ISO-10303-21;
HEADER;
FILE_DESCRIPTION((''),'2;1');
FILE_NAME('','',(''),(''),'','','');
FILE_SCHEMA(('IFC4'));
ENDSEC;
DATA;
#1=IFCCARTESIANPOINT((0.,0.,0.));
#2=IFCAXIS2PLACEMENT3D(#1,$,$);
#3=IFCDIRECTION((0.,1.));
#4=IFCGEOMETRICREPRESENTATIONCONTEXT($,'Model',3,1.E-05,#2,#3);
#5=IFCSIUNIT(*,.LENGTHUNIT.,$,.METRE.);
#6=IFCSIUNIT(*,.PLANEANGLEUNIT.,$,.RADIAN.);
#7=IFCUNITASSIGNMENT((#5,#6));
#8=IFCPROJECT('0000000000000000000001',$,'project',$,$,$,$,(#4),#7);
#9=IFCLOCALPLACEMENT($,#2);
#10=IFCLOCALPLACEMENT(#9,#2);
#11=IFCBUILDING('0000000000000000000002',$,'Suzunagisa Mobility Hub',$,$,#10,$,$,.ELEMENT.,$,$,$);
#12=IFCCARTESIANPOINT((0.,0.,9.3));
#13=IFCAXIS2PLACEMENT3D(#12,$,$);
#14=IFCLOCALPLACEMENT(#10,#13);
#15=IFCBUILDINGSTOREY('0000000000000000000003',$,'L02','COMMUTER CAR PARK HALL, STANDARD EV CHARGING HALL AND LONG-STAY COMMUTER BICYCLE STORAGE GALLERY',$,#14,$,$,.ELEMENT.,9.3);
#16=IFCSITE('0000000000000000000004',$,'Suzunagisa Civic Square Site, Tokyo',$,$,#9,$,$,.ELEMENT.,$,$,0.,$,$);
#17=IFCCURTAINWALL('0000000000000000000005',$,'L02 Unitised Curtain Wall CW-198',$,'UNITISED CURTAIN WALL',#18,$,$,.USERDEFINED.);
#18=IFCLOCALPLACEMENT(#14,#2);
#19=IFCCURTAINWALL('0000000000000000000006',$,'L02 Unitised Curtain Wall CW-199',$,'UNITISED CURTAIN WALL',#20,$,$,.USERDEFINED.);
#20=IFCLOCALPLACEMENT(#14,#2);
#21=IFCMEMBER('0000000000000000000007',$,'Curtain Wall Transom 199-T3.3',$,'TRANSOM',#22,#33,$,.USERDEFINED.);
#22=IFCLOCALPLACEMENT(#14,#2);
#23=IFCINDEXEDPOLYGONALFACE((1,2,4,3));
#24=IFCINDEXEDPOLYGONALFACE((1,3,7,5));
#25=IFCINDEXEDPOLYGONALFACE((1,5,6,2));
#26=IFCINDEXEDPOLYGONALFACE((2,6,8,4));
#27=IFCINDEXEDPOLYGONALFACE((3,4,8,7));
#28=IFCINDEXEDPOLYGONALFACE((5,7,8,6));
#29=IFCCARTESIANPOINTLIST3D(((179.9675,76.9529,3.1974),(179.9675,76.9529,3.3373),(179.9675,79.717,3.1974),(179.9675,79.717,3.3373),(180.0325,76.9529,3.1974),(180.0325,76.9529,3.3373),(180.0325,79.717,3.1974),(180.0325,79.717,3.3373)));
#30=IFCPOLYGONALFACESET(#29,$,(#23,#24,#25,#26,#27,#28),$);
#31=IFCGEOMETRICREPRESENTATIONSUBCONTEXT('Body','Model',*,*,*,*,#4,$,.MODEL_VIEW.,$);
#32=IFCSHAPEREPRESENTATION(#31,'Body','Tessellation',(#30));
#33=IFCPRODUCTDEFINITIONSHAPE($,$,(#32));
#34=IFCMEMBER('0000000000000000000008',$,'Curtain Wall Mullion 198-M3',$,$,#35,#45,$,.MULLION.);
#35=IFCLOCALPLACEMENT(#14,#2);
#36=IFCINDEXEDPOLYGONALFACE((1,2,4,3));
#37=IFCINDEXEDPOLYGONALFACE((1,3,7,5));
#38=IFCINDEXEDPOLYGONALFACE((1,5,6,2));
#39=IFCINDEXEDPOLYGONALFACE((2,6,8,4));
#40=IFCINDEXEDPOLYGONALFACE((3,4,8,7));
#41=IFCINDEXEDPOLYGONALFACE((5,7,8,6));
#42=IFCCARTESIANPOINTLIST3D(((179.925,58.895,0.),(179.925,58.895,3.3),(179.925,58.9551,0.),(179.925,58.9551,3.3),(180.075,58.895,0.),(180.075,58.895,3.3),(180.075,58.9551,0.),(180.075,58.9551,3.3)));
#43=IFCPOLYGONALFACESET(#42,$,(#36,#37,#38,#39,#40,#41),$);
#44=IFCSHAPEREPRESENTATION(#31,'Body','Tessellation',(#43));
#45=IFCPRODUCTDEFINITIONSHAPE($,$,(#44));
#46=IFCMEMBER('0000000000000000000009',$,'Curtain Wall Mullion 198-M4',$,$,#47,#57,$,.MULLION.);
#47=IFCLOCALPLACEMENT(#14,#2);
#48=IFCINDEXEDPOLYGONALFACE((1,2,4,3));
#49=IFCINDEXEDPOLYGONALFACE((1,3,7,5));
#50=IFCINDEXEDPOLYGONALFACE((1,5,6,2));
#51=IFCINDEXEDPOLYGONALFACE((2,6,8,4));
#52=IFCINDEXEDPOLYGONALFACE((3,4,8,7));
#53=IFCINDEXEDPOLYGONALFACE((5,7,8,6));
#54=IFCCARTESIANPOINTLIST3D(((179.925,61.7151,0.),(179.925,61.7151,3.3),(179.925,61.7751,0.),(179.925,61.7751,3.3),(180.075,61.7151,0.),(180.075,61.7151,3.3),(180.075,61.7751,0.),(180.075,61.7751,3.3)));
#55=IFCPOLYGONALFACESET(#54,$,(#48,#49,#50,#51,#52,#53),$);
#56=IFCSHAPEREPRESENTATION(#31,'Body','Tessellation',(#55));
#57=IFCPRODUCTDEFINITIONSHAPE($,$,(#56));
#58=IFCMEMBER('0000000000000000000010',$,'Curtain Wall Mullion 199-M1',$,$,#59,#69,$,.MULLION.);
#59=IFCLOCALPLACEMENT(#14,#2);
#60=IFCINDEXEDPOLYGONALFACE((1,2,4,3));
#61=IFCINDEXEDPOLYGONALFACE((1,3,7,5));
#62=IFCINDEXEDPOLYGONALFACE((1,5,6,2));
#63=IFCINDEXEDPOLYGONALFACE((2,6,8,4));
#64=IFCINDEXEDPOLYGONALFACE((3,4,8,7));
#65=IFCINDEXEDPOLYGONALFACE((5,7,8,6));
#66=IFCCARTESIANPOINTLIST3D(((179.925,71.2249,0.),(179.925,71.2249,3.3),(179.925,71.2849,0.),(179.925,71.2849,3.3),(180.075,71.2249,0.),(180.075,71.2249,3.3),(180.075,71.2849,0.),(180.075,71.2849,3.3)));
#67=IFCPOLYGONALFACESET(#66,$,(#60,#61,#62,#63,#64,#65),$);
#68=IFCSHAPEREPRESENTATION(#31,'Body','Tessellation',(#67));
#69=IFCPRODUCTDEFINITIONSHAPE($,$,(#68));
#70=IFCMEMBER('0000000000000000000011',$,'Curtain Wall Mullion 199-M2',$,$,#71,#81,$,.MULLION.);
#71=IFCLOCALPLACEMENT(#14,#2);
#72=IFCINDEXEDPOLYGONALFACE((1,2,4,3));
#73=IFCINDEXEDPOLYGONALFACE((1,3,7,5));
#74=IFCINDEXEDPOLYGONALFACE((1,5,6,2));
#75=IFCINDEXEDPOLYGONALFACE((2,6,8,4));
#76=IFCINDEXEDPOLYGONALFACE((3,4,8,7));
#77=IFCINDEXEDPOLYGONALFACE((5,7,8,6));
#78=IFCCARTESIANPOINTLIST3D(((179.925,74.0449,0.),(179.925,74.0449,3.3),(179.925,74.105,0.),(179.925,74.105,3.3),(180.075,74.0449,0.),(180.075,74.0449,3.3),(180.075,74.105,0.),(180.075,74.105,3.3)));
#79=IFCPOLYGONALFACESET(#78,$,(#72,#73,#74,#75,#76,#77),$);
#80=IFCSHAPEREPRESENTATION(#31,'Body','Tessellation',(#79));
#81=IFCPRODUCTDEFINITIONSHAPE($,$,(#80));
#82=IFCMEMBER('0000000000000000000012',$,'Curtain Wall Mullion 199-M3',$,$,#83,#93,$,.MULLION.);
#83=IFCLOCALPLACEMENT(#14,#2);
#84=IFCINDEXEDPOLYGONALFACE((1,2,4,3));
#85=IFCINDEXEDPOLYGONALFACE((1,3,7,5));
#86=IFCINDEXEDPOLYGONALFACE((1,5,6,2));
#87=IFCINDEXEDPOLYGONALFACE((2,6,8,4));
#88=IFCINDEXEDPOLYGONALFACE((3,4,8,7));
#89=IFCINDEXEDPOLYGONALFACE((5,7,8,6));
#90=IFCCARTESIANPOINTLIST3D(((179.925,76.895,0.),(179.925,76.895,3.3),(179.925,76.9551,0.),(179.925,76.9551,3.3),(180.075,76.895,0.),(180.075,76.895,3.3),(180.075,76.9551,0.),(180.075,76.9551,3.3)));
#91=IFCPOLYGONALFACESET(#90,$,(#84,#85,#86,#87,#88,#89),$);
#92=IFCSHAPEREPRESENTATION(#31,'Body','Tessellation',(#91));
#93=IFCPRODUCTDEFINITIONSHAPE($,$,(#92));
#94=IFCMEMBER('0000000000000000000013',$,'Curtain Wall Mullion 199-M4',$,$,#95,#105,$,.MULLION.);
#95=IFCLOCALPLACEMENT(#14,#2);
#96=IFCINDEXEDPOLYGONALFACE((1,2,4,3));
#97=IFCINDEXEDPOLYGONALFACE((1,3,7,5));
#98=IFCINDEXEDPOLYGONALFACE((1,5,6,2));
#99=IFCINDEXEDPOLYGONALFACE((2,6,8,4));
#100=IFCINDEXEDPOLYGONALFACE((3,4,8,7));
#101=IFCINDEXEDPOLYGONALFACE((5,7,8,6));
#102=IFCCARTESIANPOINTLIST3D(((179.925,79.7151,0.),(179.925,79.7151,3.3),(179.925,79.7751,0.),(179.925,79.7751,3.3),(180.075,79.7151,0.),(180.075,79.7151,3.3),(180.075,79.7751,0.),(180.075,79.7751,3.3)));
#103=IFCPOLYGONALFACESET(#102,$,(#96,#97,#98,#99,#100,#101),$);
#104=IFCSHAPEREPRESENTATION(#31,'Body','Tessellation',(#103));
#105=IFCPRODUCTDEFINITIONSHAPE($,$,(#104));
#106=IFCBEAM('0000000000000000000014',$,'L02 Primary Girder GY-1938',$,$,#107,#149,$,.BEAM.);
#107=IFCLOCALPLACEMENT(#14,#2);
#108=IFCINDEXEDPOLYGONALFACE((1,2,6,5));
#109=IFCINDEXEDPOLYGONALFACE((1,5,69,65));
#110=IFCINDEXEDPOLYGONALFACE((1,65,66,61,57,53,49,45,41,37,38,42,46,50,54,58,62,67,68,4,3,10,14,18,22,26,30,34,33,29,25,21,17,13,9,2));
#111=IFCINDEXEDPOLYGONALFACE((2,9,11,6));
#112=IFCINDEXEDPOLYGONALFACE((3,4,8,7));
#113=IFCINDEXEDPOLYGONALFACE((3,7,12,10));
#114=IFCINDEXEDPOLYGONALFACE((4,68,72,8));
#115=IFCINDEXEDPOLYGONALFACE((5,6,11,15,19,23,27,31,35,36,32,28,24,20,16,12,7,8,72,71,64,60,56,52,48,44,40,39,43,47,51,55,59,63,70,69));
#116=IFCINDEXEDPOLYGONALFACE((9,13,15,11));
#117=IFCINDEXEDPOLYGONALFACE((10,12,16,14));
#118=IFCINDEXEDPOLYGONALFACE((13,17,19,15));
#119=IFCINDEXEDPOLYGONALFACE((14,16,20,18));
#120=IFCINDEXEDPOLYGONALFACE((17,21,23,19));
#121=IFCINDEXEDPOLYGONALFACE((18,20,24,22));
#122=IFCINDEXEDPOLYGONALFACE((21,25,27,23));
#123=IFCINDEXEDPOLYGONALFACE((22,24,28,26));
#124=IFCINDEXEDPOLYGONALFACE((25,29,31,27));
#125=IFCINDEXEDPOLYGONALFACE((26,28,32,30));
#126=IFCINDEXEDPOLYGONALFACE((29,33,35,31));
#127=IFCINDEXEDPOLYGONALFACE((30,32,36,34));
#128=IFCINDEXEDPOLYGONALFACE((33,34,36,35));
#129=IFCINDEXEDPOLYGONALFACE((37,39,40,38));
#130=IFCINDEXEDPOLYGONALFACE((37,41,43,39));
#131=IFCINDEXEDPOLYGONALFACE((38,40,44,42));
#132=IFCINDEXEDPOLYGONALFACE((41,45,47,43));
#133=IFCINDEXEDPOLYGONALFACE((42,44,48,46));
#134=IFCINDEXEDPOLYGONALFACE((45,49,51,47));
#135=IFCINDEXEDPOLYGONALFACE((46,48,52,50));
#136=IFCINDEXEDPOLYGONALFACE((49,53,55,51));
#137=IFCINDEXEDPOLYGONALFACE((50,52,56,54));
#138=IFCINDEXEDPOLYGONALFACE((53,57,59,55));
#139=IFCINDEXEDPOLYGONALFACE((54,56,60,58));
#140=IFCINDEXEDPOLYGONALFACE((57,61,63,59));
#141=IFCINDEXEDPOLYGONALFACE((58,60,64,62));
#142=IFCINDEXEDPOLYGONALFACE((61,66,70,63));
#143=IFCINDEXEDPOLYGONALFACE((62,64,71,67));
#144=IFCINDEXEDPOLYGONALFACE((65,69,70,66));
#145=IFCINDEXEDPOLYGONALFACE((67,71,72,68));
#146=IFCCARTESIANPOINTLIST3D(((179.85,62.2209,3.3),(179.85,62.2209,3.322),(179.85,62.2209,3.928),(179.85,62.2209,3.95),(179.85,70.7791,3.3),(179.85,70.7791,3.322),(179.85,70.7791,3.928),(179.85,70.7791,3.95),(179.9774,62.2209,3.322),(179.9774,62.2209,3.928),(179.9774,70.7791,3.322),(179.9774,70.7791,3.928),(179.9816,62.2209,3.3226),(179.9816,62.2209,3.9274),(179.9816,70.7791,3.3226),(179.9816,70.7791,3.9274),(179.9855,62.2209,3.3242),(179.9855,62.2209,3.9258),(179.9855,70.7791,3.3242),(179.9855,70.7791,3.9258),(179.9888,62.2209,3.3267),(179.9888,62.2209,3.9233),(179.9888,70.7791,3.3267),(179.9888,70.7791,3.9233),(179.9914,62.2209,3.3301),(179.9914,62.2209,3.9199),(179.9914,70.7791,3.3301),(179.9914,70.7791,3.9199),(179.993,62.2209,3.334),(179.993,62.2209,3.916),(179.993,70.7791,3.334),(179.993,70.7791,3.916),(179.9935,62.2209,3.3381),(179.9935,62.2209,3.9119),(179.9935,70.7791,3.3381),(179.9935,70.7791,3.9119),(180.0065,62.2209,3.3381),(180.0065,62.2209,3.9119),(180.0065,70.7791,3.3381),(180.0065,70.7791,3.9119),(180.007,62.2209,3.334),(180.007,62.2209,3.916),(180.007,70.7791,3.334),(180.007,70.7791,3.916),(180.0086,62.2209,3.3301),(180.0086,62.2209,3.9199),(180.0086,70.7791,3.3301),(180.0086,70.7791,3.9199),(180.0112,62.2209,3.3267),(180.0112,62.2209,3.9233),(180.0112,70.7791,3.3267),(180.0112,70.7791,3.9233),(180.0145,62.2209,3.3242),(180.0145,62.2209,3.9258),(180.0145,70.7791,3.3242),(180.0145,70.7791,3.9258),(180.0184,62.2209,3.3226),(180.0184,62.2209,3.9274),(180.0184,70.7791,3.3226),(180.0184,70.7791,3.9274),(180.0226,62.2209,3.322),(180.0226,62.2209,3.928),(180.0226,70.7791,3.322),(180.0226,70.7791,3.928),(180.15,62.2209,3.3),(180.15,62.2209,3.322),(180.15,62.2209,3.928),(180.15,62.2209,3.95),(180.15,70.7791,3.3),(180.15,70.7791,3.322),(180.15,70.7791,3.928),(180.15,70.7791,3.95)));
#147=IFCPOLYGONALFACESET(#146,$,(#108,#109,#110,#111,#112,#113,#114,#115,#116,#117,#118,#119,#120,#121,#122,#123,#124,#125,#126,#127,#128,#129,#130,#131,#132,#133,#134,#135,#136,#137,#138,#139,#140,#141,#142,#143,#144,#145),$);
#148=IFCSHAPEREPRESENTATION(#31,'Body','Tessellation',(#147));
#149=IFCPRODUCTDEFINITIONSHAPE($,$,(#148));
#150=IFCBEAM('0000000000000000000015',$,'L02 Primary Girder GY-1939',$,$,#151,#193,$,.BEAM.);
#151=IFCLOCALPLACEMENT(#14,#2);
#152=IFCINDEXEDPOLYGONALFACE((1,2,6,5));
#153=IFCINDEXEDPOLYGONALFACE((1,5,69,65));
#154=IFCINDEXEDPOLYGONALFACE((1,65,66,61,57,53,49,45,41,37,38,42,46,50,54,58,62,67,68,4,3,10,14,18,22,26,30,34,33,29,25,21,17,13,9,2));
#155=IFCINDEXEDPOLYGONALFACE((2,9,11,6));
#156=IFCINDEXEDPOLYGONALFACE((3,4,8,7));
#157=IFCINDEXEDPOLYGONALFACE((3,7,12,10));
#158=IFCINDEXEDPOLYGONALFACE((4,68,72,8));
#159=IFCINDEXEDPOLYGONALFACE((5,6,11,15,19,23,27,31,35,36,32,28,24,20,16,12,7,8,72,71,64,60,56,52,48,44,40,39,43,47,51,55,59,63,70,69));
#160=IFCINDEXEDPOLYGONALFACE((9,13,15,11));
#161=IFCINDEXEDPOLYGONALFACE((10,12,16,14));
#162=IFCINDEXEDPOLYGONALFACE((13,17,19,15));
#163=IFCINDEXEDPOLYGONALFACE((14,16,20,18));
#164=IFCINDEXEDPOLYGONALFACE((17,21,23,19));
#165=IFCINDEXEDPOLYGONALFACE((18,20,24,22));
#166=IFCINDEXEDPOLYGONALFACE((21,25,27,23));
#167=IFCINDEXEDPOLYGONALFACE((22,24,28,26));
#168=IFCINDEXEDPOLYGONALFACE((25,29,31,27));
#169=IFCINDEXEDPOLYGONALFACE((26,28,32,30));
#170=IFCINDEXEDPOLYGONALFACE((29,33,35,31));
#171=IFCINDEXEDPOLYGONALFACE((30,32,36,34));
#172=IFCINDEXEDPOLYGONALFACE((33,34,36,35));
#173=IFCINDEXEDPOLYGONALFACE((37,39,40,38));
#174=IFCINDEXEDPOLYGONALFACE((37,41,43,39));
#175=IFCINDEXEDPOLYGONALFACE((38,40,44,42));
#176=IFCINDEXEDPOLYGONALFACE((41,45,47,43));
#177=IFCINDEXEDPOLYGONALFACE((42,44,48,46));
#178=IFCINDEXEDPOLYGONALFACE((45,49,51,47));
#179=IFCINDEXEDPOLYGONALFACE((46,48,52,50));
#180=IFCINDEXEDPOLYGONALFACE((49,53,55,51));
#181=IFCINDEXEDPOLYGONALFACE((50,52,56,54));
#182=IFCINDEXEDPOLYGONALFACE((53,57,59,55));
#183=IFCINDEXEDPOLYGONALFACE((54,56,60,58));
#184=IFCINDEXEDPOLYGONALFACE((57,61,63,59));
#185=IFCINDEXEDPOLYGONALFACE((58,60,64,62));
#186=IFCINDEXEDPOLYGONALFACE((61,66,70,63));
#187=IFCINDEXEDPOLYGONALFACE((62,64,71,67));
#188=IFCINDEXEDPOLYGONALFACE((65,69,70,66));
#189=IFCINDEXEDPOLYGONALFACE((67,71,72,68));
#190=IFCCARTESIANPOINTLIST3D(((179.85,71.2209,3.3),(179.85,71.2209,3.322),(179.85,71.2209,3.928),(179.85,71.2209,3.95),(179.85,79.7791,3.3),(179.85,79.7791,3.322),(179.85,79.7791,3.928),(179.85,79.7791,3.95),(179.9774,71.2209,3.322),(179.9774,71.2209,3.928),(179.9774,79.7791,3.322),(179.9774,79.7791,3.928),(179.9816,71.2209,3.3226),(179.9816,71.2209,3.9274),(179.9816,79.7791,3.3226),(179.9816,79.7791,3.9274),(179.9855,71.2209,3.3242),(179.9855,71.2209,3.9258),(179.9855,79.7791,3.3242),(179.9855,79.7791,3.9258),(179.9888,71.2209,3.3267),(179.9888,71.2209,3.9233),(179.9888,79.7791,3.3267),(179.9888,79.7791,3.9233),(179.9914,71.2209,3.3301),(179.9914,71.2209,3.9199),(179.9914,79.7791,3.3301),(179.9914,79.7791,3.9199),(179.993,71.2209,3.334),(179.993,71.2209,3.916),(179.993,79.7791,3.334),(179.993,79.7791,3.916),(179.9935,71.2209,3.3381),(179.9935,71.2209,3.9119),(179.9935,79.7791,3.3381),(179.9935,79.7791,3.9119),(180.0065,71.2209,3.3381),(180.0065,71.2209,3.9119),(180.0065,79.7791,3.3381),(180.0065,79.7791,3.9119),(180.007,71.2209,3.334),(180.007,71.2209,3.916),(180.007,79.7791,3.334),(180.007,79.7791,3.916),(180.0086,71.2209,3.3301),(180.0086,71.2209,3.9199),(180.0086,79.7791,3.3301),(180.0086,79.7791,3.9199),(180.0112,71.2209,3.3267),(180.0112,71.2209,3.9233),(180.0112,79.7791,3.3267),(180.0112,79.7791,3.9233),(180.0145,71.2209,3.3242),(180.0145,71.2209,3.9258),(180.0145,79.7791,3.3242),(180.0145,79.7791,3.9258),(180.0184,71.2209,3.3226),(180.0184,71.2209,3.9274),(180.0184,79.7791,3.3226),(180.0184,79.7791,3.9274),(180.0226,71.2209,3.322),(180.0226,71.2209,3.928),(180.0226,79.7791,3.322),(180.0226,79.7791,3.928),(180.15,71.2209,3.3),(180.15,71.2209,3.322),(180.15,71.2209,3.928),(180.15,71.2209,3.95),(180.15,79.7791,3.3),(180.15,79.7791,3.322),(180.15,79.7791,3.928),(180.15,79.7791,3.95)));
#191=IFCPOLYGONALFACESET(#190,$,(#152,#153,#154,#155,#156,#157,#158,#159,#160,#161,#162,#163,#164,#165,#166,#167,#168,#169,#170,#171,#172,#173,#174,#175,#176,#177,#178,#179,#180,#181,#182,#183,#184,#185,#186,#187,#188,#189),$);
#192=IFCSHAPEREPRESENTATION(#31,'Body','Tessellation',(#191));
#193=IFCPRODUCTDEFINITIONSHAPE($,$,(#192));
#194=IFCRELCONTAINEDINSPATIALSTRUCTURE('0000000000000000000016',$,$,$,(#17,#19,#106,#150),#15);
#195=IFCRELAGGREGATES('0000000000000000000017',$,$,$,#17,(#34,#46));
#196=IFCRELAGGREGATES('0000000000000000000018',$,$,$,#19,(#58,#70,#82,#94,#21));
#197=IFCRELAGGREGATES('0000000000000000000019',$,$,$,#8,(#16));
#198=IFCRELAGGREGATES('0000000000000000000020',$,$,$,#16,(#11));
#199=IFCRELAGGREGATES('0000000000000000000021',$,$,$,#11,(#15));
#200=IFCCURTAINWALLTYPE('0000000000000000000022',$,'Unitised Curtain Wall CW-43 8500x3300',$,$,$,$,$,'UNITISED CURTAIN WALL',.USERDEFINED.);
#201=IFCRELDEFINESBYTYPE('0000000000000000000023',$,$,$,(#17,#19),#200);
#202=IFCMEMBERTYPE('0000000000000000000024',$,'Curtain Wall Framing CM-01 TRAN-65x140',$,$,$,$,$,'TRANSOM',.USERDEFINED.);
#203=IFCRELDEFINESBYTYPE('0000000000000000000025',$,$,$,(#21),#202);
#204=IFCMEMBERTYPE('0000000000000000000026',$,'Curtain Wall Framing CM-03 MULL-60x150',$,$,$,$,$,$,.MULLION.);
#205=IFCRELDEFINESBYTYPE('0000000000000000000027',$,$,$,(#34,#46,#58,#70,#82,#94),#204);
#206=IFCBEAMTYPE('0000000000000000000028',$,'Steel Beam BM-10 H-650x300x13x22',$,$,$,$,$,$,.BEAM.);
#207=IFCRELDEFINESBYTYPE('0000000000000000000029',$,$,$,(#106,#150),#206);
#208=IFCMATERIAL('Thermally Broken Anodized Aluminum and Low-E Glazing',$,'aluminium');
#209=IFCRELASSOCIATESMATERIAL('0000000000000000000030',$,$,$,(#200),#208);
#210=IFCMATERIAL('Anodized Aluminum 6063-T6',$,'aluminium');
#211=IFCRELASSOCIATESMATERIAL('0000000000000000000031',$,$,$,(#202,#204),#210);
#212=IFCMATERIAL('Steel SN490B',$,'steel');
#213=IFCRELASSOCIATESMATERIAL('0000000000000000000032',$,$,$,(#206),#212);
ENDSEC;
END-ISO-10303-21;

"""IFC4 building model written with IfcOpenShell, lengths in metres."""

from ifc_helpers import new_model, si_unit, direction, frame, origin, origin_2d, place, context, subcontext, project, spatial, rectangle, i_section, extrude, material, material_profile, profile_set, type_object, element, aggregate, save


model = new_model("IFC4")

# Units and contexts
model_context = context("Model", 3, precision=1e-05, world=origin(), true_north=direction((0.0, 1.0)))
body_context = subcontext(model_context, "Body", "Model", "MODEL_VIEW")
ifc_project = project(units=[si_unit("LENGTHUNIT", "METRE"), si_unit("PLANEANGLEUNIT", "RADIAN")], contexts=[model_context])

# Site, building, storey
site_placement = place(None, origin())
site = spatial("IfcSite", under=ifc_project, at=site_placement, Name="Suzunagisa Civic Square Site, Tokyo", CompositionType="ELEMENT", RefElevation=0.0)
building_placement = place(site_placement, origin())
building = spatial("IfcBuilding", under=site, at=building_placement, Name="Suzunagisa Mobility Hub", CompositionType="ELEMENT")
storey_placement = place(building_placement, frame((0.0, 0.0, 9.3)))
storey = spatial("IfcBuildingStorey", under=building, at=storey_placement, Name="L02", Description="COMMUTER CAR PARK HALL, STANDARD EV CHARGING HALL AND LONG-STAY COMMUTER BICYCLE STORAGE GALLERY", CompositionType="ELEMENT", Elevation=9.3)

# Shared definitions
ifc_material_1 = material(Name="Steel SN490B", Category="steel")

# Curtain walls, member
ifc_material_2 = material(Name="Thermally Broken Anodized Aluminum and Low-E Glazing", Category="aluminium")
curtain_wall_type = type_object("IfcCurtainWallType", Name="Unitised Curtain Wall CW-43 8500x3300", ElementType="UNITISED CURTAIN WALL", PredefinedType="USERDEFINED", material=ifc_material_2)
curtain_wall_1_placement = place(storey_placement, origin())
curtain_wall_1 = element("IfcCurtainWall", 1, at=curtain_wall_1_placement, inside=storey, type_object=curtain_wall_type, Name="L02 Unitised Curtain Wall CW-198", ObjectType="UNITISED CURTAIN WALL", PredefinedType="USERDEFINED")
ifc_material_3 = material(Name="Anodized Aluminum 6063-T6", Category="aluminium")
ifc_material_profile_1 = material_profile(ifc_material_3, rectangle(XDim=0.0649, YDim=0.1399, at=origin_2d()), Name="TRAN-65x140")
ifc_profile_set_1 = profile_set([ifc_material_profile_1], Name="Anodized Aluminum 6063-T6")
member_type_1 = type_object("IfcMemberType", Name="Curtain Wall Framing CM-01 TRAN-65x140", ElementType="TRANSOM", PredefinedType="USERDEFINED", material=ifc_profile_set_1)
curtain_wall_2_placement = place(storey_placement, origin())
curtain_wall_2 = element("IfcCurtainWall", 2, at=curtain_wall_2_placement, inside=storey, type_object=curtain_wall_type, Name="L02 Unitised Curtain Wall CW-199", ObjectType="UNITISED CURTAIN WALL", PredefinedType="USERDEFINED")
member_1_placement = place(storey_placement, frame((180.0, 76.9529, 3.2673), z_axis=(0.0, 1.0, 0.0), x_axis=(-1.0, 0.0, 0.0)))
member_1 = element("IfcMember", 3, at=member_1_placement, type_object=member_type_1, Name="Curtain Wall Transom 199-T3.3", ObjectType="TRANSOM", PredefinedType="USERDEFINED", context=body_context, shape_type="SweptSolid", body=[
    extrude(rectangle(XDim=0.0649, YDim=0.1399, at=origin_2d()), origin(), (0.0, 0.0, 1.0), 2.7642),
])

# Members
ifc_material_profile_2 = material_profile(ifc_material_3, rectangle(XDim=0.0601, YDim=0.1499, at=origin_2d()), Name="MULL-60x150")
ifc_profile_set_2 = profile_set([ifc_material_profile_2], Name="Anodized Aluminum 6063-T6")
member_type_2 = type_object("IfcMemberType", Name="Curtain Wall Framing CM-03 MULL-60x150", PredefinedType="MULLION", material=ifc_profile_set_2)
member_2_placement = place(storey_placement, frame((180.0, 58.925, 0.0), z_axis=(0.0, 0.0, 1.0), x_axis=(0.0, 1.0, 0.0)))
member_2 = element("IfcMember", 4, at=member_2_placement, type_object=member_type_2, Name="Curtain Wall Mullion 198-M3", PredefinedType="MULLION", context=body_context, shape_type="SweptSolid", body=[
    extrude(rectangle(XDim=0.0601, YDim=0.1499, at=origin_2d()), origin(), (0.0, 0.0, 1.0), 3.3),
])
member_3_placement = place(storey_placement, frame((180.0, 61.7451, 0.0), z_axis=(0.0, 0.0, 1.0), x_axis=(0.0, 1.0, 0.0)))
member_3 = element("IfcMember", 5, at=member_3_placement, type_object=member_type_2, Name="Curtain Wall Mullion 198-M4", PredefinedType="MULLION", context=body_context, shape_type="SweptSolid", body=[
    extrude(rectangle(XDim=0.0601, YDim=0.1499, at=origin_2d()), origin(), (0.0, 0.0, 1.0), 3.3),
])
member_4_placement = place(storey_placement, frame((180.0, 71.2549, 0.0), z_axis=(0.0, 0.0, 1.0), x_axis=(0.0, 1.0, 0.0)))
member_4 = element("IfcMember", 6, at=member_4_placement, type_object=member_type_2, Name="Curtain Wall Mullion 199-M1", PredefinedType="MULLION", context=body_context, shape_type="SweptSolid", body=[
    extrude(rectangle(XDim=0.0601, YDim=0.1499, at=origin_2d()), origin(), (0.0, 0.0, 1.0), 3.3),
])
member_5_placement = place(storey_placement, frame((180.0, 74.075, 0.0), z_axis=(0.0, 0.0, 1.0), x_axis=(0.0, 1.0, 0.0)))
member_5 = element("IfcMember", 7, at=member_5_placement, type_object=member_type_2, Name="Curtain Wall Mullion 199-M2", PredefinedType="MULLION", context=body_context, shape_type="SweptSolid", body=[
    extrude(rectangle(XDim=0.0601, YDim=0.1499, at=origin_2d()), origin(), (0.0, 0.0, 1.0), 3.3),
])
member_6_placement = place(storey_placement, frame((180.0, 76.925, 0.0), z_axis=(0.0, 0.0, 1.0), x_axis=(0.0, 1.0, 0.0)))
member_6 = element("IfcMember", 8, at=member_6_placement, type_object=member_type_2, Name="Curtain Wall Mullion 199-M3", PredefinedType="MULLION", context=body_context, shape_type="SweptSolid", body=[
    extrude(rectangle(XDim=0.0601, YDim=0.1499, at=origin_2d()), origin(), (0.0, 0.0, 1.0), 3.3),
])
member_7_placement = place(storey_placement, frame((180.0, 79.7451, 0.0), z_axis=(0.0, 0.0, 1.0), x_axis=(0.0, 1.0, 0.0)))
member_7 = element("IfcMember", 9, at=member_7_placement, type_object=member_type_2, Name="Curtain Wall Mullion 199-M4", PredefinedType="MULLION", context=body_context, shape_type="SweptSolid", body=[
    extrude(rectangle(XDim=0.0601, YDim=0.1499, at=origin_2d()), origin(), (0.0, 0.0, 1.0), 3.3),
])

# Beams
ifc_material_profile_3 = material_profile(ifc_material_1, i_section(OverallWidth=0.3, OverallDepth=0.6499, WebThickness=0.0129, FlangeThickness=0.022, FilletRadius=0.0161, at=origin_2d()), Name="H-650x300x13x22")
ifc_profile_set_3 = profile_set([ifc_material_profile_3], Name="Steel SN490B")
beam_type = type_object("IfcBeamType", Name="Steel Beam BM-10 H-650x300x13x22", PredefinedType="BEAM", material=ifc_profile_set_3)
for number, where, z_axis, x_axis, name in (
    (10, (180.0, 62.2209, 3.625), (0.0, 1.0, 0.0), (-1.0, 0.0, 0.0), "L02 Primary Girder GY-1938"),
    (11, (180.0, 71.2209, 3.625), (0.0, 1.0, 0.0), (-1.0, 0.0, 0.0), "L02 Primary Girder GY-1939"),
):
    element("IfcBeam", number, at=place(storey_placement, frame(where, z_axis=z_axis, x_axis=x_axis)), inside=storey, type_object=beam_type, Name=name, PredefinedType="BEAM", context=body_context, shape_type="SweptSolid", body=[
        extrude(i_section(OverallWidth=0.3, OverallDepth=0.6499, WebThickness=0.0129, FlangeThickness=0.022, FilletRadius=0.0161, at=origin_2d()), origin(), (0.0, 0.0, 1.0), 8.5581),
    ])

aggregate(curtain_wall_1, [member_2, member_3])
aggregate(curtain_wall_2, [member_4, member_5, member_6, member_7, member_1])

save(model, "model.ifc")
